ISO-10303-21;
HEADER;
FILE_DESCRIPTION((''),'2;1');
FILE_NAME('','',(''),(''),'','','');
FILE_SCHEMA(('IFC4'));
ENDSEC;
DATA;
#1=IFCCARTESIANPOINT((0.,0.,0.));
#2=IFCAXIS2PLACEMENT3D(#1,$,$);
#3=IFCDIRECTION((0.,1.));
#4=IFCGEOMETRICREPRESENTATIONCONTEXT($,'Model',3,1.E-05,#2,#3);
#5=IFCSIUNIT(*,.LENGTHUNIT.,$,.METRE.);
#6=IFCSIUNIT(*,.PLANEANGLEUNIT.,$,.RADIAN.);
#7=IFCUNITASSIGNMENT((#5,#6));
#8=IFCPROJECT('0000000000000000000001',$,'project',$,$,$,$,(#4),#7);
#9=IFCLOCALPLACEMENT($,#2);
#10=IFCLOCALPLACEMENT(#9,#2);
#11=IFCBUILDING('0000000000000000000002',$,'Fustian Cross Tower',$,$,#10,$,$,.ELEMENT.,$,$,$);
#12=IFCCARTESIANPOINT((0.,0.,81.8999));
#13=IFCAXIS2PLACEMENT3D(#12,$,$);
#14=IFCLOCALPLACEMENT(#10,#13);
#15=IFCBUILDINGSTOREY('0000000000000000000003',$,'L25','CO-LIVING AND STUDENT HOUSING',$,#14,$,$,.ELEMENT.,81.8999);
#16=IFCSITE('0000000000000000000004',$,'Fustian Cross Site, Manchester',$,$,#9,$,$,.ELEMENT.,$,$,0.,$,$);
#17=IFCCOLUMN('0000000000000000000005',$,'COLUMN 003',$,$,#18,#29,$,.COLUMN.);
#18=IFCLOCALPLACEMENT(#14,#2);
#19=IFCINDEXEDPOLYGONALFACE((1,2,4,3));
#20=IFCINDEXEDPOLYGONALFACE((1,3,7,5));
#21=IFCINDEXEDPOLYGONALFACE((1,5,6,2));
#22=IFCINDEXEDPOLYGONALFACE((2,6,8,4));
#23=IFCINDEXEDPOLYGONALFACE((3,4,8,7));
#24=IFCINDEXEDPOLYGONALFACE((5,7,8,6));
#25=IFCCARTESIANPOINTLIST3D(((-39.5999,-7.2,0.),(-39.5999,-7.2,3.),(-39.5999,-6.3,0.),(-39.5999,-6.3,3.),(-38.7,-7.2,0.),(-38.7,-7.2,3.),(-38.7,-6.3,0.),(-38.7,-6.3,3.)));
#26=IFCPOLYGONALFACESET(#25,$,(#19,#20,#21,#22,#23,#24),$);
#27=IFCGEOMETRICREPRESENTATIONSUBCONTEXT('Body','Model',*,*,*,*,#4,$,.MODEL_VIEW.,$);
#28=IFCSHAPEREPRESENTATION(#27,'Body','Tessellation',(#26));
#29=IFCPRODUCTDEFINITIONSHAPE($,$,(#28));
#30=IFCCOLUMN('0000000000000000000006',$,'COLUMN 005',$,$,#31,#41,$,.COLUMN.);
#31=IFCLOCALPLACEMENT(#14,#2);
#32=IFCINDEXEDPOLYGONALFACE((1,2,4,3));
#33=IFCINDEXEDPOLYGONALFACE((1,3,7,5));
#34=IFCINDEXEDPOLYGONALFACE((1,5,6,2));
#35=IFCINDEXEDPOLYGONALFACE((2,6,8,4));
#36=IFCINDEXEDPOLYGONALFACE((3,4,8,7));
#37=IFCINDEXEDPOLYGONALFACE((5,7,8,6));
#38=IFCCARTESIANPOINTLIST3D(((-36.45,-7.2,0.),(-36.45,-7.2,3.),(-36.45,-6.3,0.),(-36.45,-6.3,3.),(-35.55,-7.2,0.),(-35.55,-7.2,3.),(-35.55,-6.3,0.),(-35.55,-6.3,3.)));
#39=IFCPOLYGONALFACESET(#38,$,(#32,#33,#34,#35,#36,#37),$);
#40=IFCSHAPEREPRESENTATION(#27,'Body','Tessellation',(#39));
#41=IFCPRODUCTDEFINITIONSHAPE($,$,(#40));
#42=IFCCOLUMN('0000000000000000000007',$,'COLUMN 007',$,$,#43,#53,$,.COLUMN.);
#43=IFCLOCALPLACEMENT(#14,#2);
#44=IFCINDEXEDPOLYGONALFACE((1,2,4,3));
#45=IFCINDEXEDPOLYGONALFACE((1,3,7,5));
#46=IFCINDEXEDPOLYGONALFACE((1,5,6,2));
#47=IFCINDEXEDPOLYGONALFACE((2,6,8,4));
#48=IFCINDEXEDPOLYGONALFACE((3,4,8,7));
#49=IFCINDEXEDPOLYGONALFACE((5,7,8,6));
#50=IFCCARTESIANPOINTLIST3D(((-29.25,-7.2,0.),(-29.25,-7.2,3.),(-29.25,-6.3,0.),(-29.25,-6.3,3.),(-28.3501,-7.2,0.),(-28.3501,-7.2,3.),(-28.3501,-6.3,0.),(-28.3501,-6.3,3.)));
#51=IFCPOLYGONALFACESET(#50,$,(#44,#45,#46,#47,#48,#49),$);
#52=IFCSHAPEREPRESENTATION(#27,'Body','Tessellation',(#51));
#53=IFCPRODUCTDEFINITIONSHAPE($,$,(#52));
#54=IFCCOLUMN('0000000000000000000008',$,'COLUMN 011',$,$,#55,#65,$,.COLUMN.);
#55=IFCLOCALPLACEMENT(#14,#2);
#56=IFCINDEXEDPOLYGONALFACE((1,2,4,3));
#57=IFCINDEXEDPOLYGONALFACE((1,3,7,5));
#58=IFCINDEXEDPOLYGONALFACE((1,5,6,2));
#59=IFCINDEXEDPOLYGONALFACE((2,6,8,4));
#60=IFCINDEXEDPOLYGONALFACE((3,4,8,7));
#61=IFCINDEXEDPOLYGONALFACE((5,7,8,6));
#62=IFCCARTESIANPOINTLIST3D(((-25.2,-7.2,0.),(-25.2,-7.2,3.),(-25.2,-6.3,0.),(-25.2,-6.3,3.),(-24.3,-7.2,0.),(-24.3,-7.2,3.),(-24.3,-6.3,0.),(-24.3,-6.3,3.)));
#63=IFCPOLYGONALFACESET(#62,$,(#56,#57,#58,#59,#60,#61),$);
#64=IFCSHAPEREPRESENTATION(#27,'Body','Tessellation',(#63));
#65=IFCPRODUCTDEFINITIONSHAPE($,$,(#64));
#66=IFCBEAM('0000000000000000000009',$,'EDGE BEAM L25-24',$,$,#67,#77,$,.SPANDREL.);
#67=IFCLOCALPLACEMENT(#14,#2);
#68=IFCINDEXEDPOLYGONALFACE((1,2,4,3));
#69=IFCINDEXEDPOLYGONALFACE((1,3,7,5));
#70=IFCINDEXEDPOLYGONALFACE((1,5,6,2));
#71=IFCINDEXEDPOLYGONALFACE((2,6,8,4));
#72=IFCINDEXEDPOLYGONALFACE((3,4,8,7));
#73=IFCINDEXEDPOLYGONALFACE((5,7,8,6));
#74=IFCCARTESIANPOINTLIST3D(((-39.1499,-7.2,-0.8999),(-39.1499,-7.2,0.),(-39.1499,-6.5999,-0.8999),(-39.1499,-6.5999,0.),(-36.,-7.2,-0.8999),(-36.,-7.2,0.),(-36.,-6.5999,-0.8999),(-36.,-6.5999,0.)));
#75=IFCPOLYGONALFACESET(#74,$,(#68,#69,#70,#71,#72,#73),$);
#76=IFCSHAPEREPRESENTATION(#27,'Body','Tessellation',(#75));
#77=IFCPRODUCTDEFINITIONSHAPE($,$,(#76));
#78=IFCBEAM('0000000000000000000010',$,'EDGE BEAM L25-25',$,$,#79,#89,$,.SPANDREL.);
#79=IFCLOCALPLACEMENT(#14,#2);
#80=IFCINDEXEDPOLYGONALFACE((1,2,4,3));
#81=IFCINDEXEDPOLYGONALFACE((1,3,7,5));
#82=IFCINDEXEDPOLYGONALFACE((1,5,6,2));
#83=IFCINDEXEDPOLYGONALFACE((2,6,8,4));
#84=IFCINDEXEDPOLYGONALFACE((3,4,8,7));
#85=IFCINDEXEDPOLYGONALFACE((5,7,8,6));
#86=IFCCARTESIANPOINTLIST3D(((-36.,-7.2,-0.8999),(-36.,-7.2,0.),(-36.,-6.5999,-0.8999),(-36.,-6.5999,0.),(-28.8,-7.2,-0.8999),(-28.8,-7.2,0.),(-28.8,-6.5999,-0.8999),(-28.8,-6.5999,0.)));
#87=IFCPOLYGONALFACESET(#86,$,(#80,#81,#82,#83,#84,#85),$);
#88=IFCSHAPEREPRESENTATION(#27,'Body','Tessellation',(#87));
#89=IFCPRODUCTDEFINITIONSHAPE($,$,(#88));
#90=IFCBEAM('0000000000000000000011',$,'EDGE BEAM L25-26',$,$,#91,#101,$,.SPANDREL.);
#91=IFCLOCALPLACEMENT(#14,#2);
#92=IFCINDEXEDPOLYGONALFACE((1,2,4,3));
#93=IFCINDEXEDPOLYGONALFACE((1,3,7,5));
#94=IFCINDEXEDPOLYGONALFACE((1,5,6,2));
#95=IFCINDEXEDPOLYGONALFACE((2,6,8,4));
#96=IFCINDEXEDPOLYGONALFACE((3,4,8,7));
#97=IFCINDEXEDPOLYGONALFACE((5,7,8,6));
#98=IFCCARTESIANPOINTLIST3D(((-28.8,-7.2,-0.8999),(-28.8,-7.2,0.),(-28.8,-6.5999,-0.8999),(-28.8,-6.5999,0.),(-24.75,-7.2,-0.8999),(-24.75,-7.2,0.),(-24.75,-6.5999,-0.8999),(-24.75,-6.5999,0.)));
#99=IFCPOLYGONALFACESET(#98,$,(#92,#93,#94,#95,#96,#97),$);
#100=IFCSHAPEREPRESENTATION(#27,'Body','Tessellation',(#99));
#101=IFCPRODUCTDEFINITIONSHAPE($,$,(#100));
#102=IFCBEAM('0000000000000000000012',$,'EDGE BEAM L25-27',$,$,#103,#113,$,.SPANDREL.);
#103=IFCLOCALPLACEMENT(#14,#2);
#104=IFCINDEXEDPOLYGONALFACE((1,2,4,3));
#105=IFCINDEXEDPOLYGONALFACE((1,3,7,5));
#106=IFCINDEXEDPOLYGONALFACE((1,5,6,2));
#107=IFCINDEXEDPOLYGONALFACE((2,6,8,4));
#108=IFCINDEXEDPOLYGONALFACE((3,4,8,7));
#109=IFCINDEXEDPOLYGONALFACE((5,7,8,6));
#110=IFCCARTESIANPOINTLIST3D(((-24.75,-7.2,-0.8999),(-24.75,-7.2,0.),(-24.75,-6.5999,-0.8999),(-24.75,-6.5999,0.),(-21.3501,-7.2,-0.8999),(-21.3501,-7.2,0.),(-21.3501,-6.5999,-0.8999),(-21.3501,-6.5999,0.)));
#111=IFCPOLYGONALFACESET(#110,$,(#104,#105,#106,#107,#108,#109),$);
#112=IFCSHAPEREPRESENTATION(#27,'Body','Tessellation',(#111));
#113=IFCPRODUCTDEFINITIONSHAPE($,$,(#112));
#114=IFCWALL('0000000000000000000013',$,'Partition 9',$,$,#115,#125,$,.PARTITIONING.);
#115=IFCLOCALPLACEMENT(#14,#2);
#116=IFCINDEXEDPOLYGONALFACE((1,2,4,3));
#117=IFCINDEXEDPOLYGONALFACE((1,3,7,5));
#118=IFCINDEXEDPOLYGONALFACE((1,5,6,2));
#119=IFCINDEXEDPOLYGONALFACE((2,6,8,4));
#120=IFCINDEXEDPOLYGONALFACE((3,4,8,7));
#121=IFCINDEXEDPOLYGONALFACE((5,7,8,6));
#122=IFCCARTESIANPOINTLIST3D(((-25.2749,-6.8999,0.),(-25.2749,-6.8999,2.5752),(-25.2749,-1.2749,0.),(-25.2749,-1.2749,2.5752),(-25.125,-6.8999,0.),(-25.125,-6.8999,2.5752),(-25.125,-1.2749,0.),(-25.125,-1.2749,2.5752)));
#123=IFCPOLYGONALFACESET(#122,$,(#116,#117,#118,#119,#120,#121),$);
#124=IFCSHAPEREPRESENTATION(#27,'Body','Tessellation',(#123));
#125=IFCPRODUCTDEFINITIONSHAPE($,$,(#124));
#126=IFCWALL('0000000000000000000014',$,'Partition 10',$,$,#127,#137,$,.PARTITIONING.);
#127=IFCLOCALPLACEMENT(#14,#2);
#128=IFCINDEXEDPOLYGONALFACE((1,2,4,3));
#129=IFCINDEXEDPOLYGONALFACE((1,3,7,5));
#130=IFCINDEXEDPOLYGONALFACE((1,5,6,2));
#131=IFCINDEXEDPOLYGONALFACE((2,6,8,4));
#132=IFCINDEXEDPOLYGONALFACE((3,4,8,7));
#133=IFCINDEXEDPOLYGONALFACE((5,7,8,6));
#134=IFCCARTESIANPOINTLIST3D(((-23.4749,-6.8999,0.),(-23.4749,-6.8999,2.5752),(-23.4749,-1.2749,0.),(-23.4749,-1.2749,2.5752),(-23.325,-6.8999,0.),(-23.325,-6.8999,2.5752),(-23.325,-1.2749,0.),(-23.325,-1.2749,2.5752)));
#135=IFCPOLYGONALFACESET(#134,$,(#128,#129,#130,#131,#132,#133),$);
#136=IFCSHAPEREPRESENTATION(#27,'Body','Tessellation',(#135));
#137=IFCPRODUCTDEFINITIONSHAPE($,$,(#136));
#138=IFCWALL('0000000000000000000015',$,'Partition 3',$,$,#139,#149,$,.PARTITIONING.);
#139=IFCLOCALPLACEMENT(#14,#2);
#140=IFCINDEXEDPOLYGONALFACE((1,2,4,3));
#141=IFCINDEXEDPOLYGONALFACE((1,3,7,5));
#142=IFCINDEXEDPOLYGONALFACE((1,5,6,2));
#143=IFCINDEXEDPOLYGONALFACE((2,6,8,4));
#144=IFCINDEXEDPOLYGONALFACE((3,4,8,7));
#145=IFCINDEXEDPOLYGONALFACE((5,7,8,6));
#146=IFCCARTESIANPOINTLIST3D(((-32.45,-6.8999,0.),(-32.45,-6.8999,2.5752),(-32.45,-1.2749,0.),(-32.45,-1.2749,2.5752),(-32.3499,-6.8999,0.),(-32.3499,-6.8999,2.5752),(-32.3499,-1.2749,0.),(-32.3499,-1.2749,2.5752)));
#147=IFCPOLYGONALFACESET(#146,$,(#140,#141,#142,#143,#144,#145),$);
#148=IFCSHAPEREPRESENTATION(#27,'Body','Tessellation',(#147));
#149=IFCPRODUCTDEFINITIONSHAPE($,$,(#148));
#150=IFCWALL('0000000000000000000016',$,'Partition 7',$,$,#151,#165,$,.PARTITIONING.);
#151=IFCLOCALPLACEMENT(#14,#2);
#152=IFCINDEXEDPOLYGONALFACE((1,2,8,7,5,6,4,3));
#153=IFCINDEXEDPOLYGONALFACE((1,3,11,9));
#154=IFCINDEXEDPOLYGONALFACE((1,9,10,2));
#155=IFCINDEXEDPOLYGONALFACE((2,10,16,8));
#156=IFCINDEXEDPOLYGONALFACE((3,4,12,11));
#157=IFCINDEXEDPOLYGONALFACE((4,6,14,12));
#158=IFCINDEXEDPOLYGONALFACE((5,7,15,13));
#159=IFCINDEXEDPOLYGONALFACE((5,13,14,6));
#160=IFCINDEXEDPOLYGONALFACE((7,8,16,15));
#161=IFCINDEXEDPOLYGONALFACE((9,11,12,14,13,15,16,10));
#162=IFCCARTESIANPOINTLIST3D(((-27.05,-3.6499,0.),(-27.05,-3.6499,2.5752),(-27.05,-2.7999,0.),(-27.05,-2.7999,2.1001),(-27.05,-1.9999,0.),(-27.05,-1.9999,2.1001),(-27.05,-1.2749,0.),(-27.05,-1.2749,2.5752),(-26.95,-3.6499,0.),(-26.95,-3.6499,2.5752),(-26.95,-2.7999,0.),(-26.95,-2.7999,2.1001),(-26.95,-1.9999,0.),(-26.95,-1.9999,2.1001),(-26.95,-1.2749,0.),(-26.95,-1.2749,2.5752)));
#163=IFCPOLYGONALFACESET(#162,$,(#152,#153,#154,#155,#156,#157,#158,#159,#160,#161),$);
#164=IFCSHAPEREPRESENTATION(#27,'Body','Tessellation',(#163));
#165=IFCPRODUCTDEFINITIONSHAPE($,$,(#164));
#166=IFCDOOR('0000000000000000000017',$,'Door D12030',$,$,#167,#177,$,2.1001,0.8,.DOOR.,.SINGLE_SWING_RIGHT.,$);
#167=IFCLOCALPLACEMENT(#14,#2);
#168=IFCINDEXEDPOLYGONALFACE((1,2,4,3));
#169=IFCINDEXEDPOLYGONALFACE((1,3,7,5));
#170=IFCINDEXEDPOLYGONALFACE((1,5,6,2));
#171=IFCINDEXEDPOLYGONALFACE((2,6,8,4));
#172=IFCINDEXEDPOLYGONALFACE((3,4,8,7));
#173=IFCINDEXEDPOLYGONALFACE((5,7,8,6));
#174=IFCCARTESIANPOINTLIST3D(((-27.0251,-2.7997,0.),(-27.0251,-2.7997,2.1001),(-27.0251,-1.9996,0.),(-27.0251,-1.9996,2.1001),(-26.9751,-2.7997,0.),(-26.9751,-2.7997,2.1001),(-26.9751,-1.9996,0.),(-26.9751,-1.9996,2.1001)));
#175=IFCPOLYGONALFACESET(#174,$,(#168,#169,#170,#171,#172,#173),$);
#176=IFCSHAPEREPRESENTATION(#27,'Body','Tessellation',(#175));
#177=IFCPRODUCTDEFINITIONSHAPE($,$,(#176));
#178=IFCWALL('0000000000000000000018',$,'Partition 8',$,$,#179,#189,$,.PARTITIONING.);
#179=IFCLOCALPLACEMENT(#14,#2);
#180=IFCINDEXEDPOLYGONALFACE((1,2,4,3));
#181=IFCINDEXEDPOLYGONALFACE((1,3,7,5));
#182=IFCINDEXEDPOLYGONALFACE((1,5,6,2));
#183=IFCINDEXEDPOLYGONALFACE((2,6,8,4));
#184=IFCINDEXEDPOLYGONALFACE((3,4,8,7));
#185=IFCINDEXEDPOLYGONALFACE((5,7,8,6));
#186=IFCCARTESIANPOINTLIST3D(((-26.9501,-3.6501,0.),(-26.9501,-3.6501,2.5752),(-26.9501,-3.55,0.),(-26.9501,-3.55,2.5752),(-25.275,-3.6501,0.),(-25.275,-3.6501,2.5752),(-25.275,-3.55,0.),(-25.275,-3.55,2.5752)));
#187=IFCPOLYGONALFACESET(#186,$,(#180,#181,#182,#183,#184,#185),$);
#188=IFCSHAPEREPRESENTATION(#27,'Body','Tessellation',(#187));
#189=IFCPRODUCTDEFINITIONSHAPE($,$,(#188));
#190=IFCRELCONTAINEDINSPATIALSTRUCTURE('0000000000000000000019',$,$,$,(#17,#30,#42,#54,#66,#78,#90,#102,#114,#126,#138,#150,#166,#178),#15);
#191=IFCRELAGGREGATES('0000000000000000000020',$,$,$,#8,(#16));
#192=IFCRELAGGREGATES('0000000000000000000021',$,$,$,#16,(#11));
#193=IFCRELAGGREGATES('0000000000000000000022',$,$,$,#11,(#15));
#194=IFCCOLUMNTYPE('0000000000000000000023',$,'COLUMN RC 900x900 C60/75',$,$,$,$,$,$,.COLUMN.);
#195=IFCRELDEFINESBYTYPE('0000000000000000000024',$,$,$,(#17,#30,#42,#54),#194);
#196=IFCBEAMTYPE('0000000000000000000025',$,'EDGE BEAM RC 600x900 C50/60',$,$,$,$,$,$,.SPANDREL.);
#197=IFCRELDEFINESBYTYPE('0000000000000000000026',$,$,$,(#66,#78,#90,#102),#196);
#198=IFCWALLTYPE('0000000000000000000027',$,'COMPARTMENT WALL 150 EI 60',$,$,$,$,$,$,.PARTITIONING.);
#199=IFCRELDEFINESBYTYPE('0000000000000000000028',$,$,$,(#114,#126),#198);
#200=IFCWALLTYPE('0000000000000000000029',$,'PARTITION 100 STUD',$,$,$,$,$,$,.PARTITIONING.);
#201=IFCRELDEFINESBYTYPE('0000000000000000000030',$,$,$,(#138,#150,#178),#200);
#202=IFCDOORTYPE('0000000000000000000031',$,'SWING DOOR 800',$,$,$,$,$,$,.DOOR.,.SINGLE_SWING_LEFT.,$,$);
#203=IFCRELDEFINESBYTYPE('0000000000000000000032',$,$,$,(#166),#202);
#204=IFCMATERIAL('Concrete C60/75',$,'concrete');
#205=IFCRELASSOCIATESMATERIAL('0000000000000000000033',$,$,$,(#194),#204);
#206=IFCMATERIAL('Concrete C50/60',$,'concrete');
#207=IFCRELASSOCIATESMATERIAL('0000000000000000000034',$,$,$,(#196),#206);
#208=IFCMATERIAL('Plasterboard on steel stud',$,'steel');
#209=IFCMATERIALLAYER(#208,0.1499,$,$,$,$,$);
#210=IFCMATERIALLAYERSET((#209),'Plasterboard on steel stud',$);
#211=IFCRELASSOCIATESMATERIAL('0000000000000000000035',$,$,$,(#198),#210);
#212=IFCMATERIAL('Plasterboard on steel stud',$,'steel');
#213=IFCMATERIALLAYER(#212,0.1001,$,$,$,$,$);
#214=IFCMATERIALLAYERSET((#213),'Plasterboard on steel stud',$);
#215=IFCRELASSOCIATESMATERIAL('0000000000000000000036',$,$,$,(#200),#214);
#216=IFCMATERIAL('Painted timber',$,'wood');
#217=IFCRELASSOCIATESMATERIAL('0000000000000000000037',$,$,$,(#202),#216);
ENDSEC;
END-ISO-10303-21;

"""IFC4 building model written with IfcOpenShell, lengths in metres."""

from ifc_helpers import new_model, si_unit, direction, frame, frame_2d, origin, origin_2d, place, context, subcontext, project, spatial, rectangle, extrude, material, layer, layer_set, material_profile, profile_set, type_object, element, fill, save


model = new_model("IFC4")

# Units and contexts
model_context = context("Model", 3, precision=1e-05, world=origin(), true_north=direction((0.0, 1.0)))
body_context = subcontext(model_context, "Body", "Model", "MODEL_VIEW")
ifc_project = project(units=[si_unit("LENGTHUNIT", "METRE"), si_unit("PLANEANGLEUNIT", "RADIAN")], contexts=[model_context])

# Site, building, storey
site_placement = place(None, origin())
site = spatial("IfcSite", under=ifc_project, at=site_placement, Name="Fustian Cross Site, Manchester", CompositionType="ELEMENT", RefElevation=0.0)
building_placement = place(site_placement, origin())
building = spatial("IfcBuilding", under=site, at=building_placement, Name="Fustian Cross Tower", CompositionType="ELEMENT")
storey_placement = place(building_placement, frame((0.0, 0.0, 81.8999)))
storey = spatial("IfcBuildingStorey", under=building, at=storey_placement, Name="L25", Description="CO-LIVING AND STUDENT HOUSING", CompositionType="ELEMENT", Elevation=81.8999)

# Columns
ifc_material_1 = material(Name="Concrete C60/75", Category="concrete")
ifc_material_profile_1 = material_profile(ifc_material_1, rectangle(XDim=0.8999, YDim=0.8999, at=origin_2d()), Name="RC 900x900")
ifc_profile_set_1 = profile_set([ifc_material_profile_1], Name="Concrete C60/75")
column_type = type_object("IfcColumnType", Name="COLUMN RC 900x900 C60/75", PredefinedType="COLUMN", material=ifc_profile_set_1)
for number, where, z_axis, x_axis, name in (
    (1, (-39.1499, -6.75, 0.0), (0.0, 0.0, 1.0), (1.0, 0.0, 0.0), "COLUMN 003"),
    (2, (-36.0, -6.75, 0.0), (0.0, 0.0, 1.0), (1.0, 0.0, 0.0), "COLUMN 005"),
    (3, (-28.8, -6.75, 0.0), (0.0, 0.0, 1.0), (1.0, 0.0, 0.0), "COLUMN 007"),
    (4, (-24.75, -6.75, 0.0), (0.0, 0.0, 1.0), (1.0, 0.0, 0.0), "COLUMN 011"),
):
    element("IfcColumn", number, at=place(storey_placement, frame(where, z_axis=z_axis, x_axis=x_axis)), inside=storey, type_object=column_type, Name=name, PredefinedType="COLUMN", context=body_context, shape_type="SweptSolid", body=[
        extrude(rectangle(XDim=0.8999, YDim=0.8999, at=origin_2d()), origin(), (0.0, 0.0, 1.0), 3.0),
    ])

# Beams
ifc_material_2 = material(Name="Concrete C50/60", Category="concrete")
ifc_material_profile_2 = material_profile(ifc_material_2, rectangle(XDim=0.6001, YDim=0.8999, at=origin_2d()), Name="RC 600x900")
ifc_profile_set_2 = profile_set([ifc_material_profile_2], Name="Concrete C50/60")
beam_type = type_object("IfcBeamType", Name="EDGE BEAM RC 600x900 C50/60", PredefinedType="SPANDREL", material=ifc_profile_set_2)
beam_1_placement = place(storey_placement, frame((-39.1499, -6.8999, -0.45), z_axis=(1.0, 0.0, 0.0), x_axis=(0.0, 1.0, 0.0)))
element("IfcBeam", 5, at=beam_1_placement, inside=storey, type_object=beam_type, Name="EDGE BEAM L25-24", PredefinedType="SPANDREL", context=body_context, shape_type="SweptSolid", body=[
    extrude(rectangle(XDim=0.6001, YDim=0.8999, at=origin_2d()), origin(), (0.0, 0.0, 1.0), 3.1499),
])
beam_2_placement = place(storey_placement, frame((-36.0, -6.8999, -0.45), z_axis=(1.0, 0.0, 0.0), x_axis=(0.0, 1.0, 0.0)))
element("IfcBeam", 6, at=beam_2_placement, inside=storey, type_object=beam_type, Name="EDGE BEAM L25-25", PredefinedType="SPANDREL", context=body_context, shape_type="SweptSolid", body=[
    extrude(rectangle(XDim=0.6001, YDim=0.8999, at=origin_2d()), origin(), (0.0, 0.0, 1.0), 7.2),
])
beam_3_placement = place(storey_placement, frame((-28.8, -6.8999, -0.45), z_axis=(1.0, 0.0, 0.0), x_axis=(0.0, 1.0, 0.0)))
element("IfcBeam", 7, at=beam_3_placement, inside=storey, type_object=beam_type, Name="EDGE BEAM L25-26", PredefinedType="SPANDREL", context=body_context, shape_type="SweptSolid", body=[
    extrude(rectangle(XDim=0.6001, YDim=0.8999, at=origin_2d()), origin(), (0.0, 0.0, 1.0), 4.05),
])
beam_4_placement = place(storey_placement, frame((-24.75, -6.8999, -0.45), z_axis=(1.0, 0.0, 0.0), x_axis=(0.0, 1.0, 0.0)))
element("IfcBeam", 8, at=beam_4_placement, inside=storey, type_object=beam_type, Name="EDGE BEAM L25-27", PredefinedType="SPANDREL", context=body_context, shape_type="SweptSolid", body=[
    extrude(rectangle(XDim=0.6001, YDim=0.8999, at=origin_2d()), origin(), (0.0, 0.0, 1.0), 3.3999),
])

# Walls
ifc_material_3 = material(Name="Plasterboard on steel stud", Category="steel")
ifc_layer_1 = layer(ifc_material_3, 0.1499)
ifc_layer_set_1 = layer_set([ifc_layer_1], Name="Plasterboard on steel stud")
wall_type_1 = type_object("IfcWallType", Name="COMPARTMENT WALL 150 EI 60", PredefinedType="PARTITIONING", material=ifc_layer_set_1)
for number, where, z_axis, x_axis, name in (
    (9, (-25.2, -6.8999, 0.0), (0.0, 0.0, 1.0), (0.0, 1.0, 0.0), "Partition 9"),
    (10, (-23.3999, -6.8999, 0.0), (0.0, 0.0, 1.0), (0.0, 1.0, 0.0), "Partition 10"),
):
    element("IfcWall", number, at=place(storey_placement, frame(where, z_axis=z_axis, x_axis=x_axis)), inside=storey, type_object=wall_type_1, Name=name, PredefinedType="PARTITIONING", context=body_context, shape_type="SweptSolid", body=[
        extrude(rectangle(XDim=5.625, YDim=0.1499, at=frame_2d((2.8125, 0.0))), origin(), (0.0, 0.0, 1.0), 2.5752),
    ])
ifc_material_4 = material(Name="Plasterboard on steel stud", Category="steel")
ifc_layer_2 = layer(ifc_material_4, 0.1001)
ifc_layer_set_2 = layer_set([ifc_layer_2], Name="Plasterboard on steel stud")
wall_type_2 = type_object("IfcWallType", Name="PARTITION 100 STUD", PredefinedType="PARTITIONING", material=ifc_layer_set_2)
wall_1_placement = place(storey_placement, frame((-32.3999, -6.8999, 0.0), z_axis=(0.0, 0.0, 1.0), x_axis=(0.0, 1.0, 0.0)))
element("IfcWall", 11, at=wall_1_placement, inside=storey, type_object=wall_type_2, Name="Partition 3", PredefinedType="PARTITIONING", context=body_context, shape_type="SweptSolid", body=[
    extrude(rectangle(XDim=5.625, YDim=0.1001, at=frame_2d((2.8125, 0.0))), origin(), (0.0, 0.0, 1.0), 2.5752),
])

# Wall, opening, door
wall_2_placement = place(storey_placement, frame((-27.0, -3.6499, 0.0), z_axis=(0.0, 0.0, 1.0), x_axis=(0.0, 1.0, 0.0)))
wall_2 = element("IfcWall", 12, at=wall_2_placement, inside=storey, type_object=wall_type_2, Name="Partition 7", PredefinedType="PARTITIONING", context=body_context, shape_type="SweptSolid", body=[
    extrude(rectangle(XDim=2.375, YDim=0.1001, at=frame_2d((1.1875, 0.0))), origin(), (0.0, 0.0, 1.0), 2.5752),
])
opening_1_placement = place(wall_2_placement, frame((0.8501, 0.0, 0.0)))
opening_1 = element("IfcOpeningElement", 13, at=opening_1_placement, cuts=wall_2, PredefinedType="OPENING", context=body_context, shape_type="SweptSolid", body=[
    extrude(rectangle(XDim=0.8, YDim=2.1001, at=frame_2d((0.3999, 1.05))), frame((0.0, 0.0601, 0.0), z_axis=(0.0, -1.0, 0.0), x_axis=(1.0, 0.0, 0.0)), (0.0, 0.0, 1.0), 0.1201),
])
ifc_material_5 = material(Name="Painted timber", Category="wood")
door_type = type_object("IfcDoorType", Name="SWING DOOR 800", OperationType="SINGLE_SWING_LEFT", PredefinedType="DOOR", material=ifc_material_5)
door_placement = place(opening_1_placement, frame((0.8, 0.0, 0.0), z_axis=(0.0, 0.0, 1.0), x_axis=(-1.0, 0.0, 0.0)))
door = element("IfcDoor", 14, at=door_placement, inside=storey, type_object=door_type, Name="Door D12030", OperationType="SINGLE_SWING_RIGHT", OverallHeight=2.1001, OverallWidth=0.8, PredefinedType="DOOR", context=body_context, shape_type="SweptSolid", body=[
    extrude(rectangle(XDim=0.8, YDim=2.1001, at=frame_2d((0.3999, 1.05))), frame((0.0, 0.0249, 0.0), z_axis=(0.0, -1.0, 0.0), x_axis=(1.0, 0.0, 0.0)), (0.0, 0.0, 1.0), 0.05),
])
fill(opening_1, door)

# Wall
wall_3_placement = place(storey_placement, frame((-26.95, -3.6001, 0.0), z_axis=(0.0, 0.0, 1.0), x_axis=(1.0, 0.0, 0.0)))
element("IfcWall", 15, at=wall_3_placement, inside=storey, type_object=wall_type_2, Name="Partition 8", PredefinedType="PARTITIONING", context=body_context, shape_type="SweptSolid", body=[
    extrude(rectangle(XDim=1.675, YDim=0.1001, at=frame_2d((0.8374, 0.0))), origin(), (0.0, 0.0, 1.0), 2.5752),
])

save(model, "model.ifc")
